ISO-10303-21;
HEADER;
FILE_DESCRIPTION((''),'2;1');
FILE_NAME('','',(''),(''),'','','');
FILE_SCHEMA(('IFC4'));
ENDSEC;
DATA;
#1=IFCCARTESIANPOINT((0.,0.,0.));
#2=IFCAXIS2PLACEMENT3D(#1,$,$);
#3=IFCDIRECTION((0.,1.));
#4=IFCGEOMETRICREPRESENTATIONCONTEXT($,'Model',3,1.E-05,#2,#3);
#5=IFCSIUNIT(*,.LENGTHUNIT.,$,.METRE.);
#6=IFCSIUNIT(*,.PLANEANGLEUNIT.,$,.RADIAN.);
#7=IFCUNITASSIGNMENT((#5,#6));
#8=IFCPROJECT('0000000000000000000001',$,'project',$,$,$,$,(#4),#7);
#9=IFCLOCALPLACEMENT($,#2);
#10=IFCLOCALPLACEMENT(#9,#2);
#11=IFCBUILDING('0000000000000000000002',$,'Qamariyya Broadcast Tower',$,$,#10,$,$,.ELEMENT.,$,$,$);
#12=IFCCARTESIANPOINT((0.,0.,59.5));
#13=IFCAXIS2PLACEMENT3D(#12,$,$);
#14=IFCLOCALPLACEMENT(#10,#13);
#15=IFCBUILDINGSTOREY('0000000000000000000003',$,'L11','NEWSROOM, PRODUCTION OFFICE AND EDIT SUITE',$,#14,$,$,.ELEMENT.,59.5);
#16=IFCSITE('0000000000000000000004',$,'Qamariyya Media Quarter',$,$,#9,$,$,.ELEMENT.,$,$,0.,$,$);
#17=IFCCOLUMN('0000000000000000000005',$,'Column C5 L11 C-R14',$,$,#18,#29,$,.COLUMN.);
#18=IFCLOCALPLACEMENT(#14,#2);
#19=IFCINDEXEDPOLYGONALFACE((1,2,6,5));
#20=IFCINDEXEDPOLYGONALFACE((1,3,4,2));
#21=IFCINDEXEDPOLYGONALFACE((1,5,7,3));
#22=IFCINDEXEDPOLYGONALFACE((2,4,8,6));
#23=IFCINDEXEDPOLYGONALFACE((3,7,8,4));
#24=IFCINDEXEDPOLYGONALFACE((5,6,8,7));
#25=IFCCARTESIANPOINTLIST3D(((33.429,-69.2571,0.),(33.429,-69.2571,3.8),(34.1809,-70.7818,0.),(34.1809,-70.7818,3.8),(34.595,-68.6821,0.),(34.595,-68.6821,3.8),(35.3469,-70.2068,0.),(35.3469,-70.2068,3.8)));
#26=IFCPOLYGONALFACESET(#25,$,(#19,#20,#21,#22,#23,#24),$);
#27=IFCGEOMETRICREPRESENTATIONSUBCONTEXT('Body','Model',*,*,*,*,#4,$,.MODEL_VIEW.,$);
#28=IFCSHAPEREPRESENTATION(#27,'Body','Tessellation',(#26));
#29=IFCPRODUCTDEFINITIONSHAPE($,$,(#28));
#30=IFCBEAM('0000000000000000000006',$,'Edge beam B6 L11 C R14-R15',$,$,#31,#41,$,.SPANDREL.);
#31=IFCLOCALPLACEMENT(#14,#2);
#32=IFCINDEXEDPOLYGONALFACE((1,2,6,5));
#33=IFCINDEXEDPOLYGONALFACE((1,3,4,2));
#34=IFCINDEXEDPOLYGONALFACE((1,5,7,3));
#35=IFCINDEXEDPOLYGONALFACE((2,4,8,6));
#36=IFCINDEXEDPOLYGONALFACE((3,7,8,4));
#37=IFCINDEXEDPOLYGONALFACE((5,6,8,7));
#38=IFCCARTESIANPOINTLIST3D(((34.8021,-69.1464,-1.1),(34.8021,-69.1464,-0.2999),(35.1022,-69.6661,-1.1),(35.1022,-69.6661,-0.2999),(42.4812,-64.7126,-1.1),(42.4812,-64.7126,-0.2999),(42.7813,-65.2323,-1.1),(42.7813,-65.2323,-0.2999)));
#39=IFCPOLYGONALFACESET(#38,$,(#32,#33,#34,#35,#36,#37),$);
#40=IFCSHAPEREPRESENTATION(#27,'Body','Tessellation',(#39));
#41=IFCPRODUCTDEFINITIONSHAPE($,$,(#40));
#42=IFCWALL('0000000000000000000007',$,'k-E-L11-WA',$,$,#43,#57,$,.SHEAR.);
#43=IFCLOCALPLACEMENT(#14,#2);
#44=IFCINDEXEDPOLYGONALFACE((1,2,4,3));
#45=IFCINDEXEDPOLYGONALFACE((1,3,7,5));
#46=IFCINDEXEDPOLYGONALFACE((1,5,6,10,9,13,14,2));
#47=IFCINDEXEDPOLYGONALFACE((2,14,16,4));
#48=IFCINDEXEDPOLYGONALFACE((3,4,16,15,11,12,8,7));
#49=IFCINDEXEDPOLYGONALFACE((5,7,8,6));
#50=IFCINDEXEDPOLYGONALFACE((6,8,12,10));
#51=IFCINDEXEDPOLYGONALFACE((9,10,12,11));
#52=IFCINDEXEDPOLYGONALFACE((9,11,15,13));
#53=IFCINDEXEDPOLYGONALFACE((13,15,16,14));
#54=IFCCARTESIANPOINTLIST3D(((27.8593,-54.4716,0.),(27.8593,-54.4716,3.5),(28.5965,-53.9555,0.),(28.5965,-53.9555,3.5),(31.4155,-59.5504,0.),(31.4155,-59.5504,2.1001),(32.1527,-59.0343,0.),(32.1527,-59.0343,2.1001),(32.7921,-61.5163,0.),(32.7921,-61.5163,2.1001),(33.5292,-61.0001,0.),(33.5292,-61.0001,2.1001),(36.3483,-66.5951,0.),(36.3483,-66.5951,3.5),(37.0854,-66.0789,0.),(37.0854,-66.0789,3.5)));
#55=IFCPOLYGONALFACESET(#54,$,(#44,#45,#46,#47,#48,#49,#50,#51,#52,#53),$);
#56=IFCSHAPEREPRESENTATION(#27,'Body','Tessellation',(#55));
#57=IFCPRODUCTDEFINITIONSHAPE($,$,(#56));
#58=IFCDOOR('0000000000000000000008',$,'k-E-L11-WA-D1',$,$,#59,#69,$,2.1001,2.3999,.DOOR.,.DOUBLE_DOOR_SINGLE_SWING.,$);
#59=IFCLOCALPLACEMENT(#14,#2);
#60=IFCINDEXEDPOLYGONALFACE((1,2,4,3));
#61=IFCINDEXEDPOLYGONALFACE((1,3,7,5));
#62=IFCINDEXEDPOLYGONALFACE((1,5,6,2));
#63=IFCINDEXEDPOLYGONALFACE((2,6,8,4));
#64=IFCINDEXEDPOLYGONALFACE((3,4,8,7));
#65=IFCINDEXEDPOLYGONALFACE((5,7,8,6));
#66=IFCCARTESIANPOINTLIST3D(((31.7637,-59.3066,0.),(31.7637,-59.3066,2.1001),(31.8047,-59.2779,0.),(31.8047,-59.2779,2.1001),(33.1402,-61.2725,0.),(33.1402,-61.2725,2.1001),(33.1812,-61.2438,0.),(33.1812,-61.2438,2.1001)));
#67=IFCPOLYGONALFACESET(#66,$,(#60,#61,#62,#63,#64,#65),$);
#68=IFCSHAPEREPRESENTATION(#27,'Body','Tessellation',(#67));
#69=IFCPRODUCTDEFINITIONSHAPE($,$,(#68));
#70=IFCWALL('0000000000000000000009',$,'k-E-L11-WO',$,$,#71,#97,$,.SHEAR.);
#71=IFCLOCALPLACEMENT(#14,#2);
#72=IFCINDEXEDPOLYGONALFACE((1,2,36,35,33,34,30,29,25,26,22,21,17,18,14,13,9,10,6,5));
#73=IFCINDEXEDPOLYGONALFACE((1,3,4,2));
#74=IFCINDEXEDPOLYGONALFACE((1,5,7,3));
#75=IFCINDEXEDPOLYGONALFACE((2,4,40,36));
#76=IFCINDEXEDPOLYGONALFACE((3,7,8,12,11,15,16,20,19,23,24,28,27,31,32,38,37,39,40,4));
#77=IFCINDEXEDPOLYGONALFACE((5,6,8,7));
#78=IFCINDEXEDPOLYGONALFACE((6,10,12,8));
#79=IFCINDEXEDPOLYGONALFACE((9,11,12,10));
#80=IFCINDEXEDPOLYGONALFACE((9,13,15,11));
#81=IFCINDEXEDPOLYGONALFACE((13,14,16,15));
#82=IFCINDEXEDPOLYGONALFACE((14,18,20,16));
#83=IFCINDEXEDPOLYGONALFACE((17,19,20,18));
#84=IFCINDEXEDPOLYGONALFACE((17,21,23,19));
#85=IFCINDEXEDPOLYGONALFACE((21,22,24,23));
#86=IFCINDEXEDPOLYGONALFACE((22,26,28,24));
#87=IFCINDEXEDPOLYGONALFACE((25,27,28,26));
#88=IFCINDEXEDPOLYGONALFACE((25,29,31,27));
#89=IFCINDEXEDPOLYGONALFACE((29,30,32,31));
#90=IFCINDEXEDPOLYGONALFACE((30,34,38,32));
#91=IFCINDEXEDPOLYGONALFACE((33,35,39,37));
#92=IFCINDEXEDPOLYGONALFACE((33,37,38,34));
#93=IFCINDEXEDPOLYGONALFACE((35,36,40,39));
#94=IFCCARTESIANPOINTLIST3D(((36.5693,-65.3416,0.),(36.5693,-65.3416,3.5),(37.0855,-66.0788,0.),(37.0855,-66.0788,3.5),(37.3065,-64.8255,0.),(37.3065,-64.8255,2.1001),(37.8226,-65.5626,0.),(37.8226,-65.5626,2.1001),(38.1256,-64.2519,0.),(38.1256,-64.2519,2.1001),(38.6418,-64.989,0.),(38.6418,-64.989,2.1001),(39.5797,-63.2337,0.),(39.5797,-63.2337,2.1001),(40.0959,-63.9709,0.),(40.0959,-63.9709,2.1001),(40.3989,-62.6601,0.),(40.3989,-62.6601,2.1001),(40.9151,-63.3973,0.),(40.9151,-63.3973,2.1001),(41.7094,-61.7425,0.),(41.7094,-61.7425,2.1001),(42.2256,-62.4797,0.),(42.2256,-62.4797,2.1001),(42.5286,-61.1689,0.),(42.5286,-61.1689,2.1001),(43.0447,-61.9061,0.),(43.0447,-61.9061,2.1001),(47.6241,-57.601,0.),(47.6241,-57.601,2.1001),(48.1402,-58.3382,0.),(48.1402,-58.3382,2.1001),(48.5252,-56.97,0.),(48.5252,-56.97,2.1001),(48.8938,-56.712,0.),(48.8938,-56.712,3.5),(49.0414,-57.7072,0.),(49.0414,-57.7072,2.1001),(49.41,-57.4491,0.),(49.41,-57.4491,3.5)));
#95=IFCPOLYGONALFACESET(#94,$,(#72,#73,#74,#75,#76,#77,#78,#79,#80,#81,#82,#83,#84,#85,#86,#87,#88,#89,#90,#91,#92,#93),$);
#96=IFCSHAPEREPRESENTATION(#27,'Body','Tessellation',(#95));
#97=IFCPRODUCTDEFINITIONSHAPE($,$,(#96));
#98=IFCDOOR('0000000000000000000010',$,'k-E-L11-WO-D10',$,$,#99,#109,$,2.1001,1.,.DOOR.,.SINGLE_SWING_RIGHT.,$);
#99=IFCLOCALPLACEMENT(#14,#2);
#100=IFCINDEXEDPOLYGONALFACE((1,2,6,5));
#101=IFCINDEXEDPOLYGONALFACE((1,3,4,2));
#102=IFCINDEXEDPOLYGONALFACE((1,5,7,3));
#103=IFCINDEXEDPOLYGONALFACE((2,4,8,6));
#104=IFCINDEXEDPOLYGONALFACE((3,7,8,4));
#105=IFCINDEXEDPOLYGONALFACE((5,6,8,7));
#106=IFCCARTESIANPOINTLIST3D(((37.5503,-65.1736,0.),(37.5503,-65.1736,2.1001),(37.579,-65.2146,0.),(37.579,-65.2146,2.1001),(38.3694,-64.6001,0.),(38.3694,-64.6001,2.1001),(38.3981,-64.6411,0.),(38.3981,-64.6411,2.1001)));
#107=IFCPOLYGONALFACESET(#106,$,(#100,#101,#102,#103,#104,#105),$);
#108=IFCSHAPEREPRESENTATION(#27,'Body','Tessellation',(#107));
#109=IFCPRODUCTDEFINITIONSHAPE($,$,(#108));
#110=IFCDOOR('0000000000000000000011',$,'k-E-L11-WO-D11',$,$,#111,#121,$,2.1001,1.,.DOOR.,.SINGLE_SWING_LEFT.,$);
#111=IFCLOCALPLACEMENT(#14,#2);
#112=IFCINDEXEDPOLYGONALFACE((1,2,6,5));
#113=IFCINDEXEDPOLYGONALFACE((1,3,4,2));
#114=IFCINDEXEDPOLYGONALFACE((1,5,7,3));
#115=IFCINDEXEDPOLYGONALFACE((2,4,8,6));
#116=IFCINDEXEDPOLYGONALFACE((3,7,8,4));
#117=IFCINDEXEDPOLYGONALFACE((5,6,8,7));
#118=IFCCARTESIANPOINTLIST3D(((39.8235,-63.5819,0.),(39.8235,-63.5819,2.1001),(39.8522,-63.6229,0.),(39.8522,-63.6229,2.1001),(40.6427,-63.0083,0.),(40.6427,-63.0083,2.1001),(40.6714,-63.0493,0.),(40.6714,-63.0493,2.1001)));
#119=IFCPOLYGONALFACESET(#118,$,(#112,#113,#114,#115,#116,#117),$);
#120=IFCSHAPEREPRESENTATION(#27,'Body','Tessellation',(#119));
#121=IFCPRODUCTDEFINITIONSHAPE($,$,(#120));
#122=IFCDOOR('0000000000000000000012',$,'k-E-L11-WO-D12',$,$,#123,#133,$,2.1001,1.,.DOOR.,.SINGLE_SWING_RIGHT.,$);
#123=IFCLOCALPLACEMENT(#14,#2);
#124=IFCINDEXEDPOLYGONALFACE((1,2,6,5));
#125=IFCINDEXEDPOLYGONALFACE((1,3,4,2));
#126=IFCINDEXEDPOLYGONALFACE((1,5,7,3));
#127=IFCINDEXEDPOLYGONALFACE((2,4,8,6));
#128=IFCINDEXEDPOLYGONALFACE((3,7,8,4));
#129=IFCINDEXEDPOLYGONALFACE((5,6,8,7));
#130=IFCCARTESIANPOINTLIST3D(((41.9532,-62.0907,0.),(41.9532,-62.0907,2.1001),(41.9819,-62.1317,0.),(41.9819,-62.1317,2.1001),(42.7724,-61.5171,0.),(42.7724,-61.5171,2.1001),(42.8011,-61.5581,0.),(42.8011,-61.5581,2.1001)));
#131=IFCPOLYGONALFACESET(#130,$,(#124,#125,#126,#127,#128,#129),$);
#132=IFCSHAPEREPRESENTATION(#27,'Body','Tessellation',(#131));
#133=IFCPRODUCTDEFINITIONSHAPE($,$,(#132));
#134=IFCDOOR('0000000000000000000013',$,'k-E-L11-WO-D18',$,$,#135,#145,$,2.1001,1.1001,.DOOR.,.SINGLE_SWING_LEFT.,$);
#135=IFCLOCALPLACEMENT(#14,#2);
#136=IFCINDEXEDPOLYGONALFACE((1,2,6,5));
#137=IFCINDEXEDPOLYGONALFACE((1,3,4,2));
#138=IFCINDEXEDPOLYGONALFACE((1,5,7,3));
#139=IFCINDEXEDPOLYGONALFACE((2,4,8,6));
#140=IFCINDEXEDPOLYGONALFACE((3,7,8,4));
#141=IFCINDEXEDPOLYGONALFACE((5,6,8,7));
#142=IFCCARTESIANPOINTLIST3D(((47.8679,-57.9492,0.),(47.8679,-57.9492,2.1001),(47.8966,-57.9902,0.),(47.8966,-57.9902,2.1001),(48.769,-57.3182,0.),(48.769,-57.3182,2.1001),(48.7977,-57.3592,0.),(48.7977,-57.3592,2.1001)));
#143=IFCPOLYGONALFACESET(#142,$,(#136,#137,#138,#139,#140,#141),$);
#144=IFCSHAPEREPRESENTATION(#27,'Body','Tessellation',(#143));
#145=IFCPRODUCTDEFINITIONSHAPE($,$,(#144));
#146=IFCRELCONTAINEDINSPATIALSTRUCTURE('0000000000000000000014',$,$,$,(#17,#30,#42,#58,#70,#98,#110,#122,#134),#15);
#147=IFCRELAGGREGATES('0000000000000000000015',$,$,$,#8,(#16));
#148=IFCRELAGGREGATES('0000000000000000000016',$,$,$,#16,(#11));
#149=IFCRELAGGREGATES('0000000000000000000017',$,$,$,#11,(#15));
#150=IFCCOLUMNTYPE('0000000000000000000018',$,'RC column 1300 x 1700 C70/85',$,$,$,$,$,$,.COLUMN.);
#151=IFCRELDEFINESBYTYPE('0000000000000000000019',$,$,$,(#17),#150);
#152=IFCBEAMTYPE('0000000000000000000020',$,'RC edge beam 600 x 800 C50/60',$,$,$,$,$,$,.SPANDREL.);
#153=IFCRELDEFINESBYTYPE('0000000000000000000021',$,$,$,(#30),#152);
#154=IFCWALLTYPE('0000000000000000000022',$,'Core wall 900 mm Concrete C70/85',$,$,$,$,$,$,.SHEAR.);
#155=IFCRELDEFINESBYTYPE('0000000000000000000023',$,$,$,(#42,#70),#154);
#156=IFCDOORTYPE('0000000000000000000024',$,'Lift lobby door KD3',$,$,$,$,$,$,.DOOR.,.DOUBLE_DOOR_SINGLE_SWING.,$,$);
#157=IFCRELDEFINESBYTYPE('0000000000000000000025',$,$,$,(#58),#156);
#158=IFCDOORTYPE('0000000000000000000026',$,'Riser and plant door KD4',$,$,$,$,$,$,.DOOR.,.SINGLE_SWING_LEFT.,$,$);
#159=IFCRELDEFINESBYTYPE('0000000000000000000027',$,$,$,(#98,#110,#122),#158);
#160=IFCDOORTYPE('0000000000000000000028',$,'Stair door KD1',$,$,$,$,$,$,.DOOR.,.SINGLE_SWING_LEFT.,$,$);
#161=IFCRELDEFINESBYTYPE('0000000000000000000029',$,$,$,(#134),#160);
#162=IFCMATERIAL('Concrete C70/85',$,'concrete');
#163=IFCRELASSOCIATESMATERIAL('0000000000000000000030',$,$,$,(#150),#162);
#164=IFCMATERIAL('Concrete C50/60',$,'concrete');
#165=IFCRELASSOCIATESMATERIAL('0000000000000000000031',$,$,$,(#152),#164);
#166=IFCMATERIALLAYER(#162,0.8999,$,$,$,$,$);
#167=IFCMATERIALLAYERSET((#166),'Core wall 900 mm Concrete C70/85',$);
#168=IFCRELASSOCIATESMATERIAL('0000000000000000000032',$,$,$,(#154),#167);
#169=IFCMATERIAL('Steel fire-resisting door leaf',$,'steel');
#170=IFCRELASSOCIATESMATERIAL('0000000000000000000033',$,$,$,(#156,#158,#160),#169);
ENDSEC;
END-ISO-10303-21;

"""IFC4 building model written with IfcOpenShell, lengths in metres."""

from ifc_helpers import new_model, si_unit, direction, frame, frame_2d, origin, origin_2d, place, context, subcontext, project, spatial, rectangle, extrude, material, layer, layer_set, material_profile, profile_set, type_object, element, fill, save


model = new_model("IFC4")

# Units and contexts
model_context = context("Model", 3, precision=1e-05, world=origin(), true_north=direction((0.0, 1.0)))
body_context = subcontext(model_context, "Body", "Model", "MODEL_VIEW")
ifc_project = project(units=[si_unit("LENGTHUNIT", "METRE"), si_unit("PLANEANGLEUNIT", "RADIAN")], contexts=[model_context])

# Site, building, storey
site_placement = place(None, origin())
site = spatial("IfcSite", under=ifc_project, at=site_placement, Name="Qamariyya Media Quarter", CompositionType="ELEMENT", RefElevation=0.0)
building_placement = place(site_placement, origin())
building = spatial("IfcBuilding", under=site, at=building_placement, Name="Qamariyya Broadcast Tower", CompositionType="ELEMENT")
storey_placement = place(building_placement, frame((0.0, 0.0, 59.5)))
storey = spatial("IfcBuildingStorey", under=building, at=storey_placement, Name="L11", Description="NEWSROOM, PRODUCTION OFFICE AND EDIT SUITE", CompositionType="ELEMENT", Elevation=59.5)

# Column
ifc_material_1 = material(Name="Concrete C70/85", Category="concrete")
ifc_material_profile_1 = material_profile(ifc_material_1, rectangle(XDim=1.3, YDim=1.7, at=origin_2d()))
ifc_profile_set_1 = profile_set([ifc_material_profile_1], Name="Concrete C70/85")
column_type = type_object("IfcColumnType", Name="RC column 1300 x 1700 C70/85", PredefinedType="COLUMN", material=ifc_profile_set_1)
column_placement = place(storey_placement, frame((34.3879, -69.7319, 0.0), z_axis=(0.0, 0.0, 1.0), x_axis=(0.896873, 0.442289, 0.0)))
element("IfcColumn", 1, at=column_placement, inside=storey, type_object=column_type, Name="Column C5 L11 C-R14", PredefinedType="COLUMN", context=body_context, shape_type="SweptSolid", body=[
    extrude(rectangle(XDim=1.3, YDim=1.7, at=origin_2d()), origin(), (0.0, 0.0, 1.0), 3.8),
])

# Beam
ifc_material_2 = material(Name="Concrete C50/60", Category="concrete")
ifc_material_profile_2 = material_profile(ifc_material_2, rectangle(XDim=0.6001, YDim=0.8, at=origin_2d()))
ifc_profile_set_2 = profile_set([ifc_material_profile_2], Name="Concrete C50/60")
beam_type = type_object("IfcBeamType", Name="RC edge beam 600 x 800 C50/60", PredefinedType="SPANDREL", material=ifc_profile_set_2)
beam_placement = place(storey_placement, frame((34.9521, -69.4062, -0.7), z_axis=(0.866013, 0.500021, 0.0), x_axis=(-0.500021, 0.866013, 0.0)))
element("IfcBeam", 2, at=beam_placement, inside=storey, type_object=beam_type, Name="Edge beam B6 L11 C R14-R15", PredefinedType="SPANDREL", context=body_context, shape_type="SweptSolid", body=[
    extrude(rectangle(XDim=0.6001, YDim=0.8, at=origin_2d()), origin(), (0.0, 0.0, 1.0), 8.8672),
])

# Wall, opening, door
ifc_layer_1 = layer(ifc_material_1, 0.8999)
ifc_layer_set_1 = layer_set([ifc_layer_1], Name="Core wall 900 mm Concrete C70/85")
wall_type_1 = type_object("IfcWallType", Name="Core wall 900 mm Concrete C70/85", PredefinedType="SHEAR", material=ifc_layer_set_1)
wall_1_placement = place(storey_placement, frame((36.7168, -66.3369, 0.0), z_axis=(0.0, 0.0, 1.0), x_axis=(-0.573577, 0.819151, 0.0)))
wall_1 = element("IfcWall", 3, at=wall_1_placement, inside=storey, type_object=wall_type_1, Name="k-E-L11-WA", PredefinedType="SHEAR", context=body_context, shape_type="SweptSolid", body=[
    extrude(rectangle(XDim=14.8, YDim=0.8999, at=frame_2d((7.3999, 0.0))), origin(), (0.0, 0.0, 1.0), 3.5),
])
opening_1_placement = place(wall_1_placement, frame((6.2, 0.0, 0.0)))
opening_1 = element("IfcOpeningElement", 4, at=opening_1_placement, cuts=wall_1, PredefinedType="OPENING", context=body_context, shape_type="SweptSolid", body=[
    extrude(rectangle(XDim=2.3999, YDim=2.1001, at=frame_2d((1.2, 1.05))), frame((0.0, 0.46, 0.0), z_axis=(0.0, -1.0, 0.0), x_axis=(1.0, 0.0, 0.0)), (0.0, 0.0, 1.0), 0.9199),
])
ifc_material_3 = material(Name="Steel fire-resisting door leaf", Category="steel")
door_type_1 = type_object("IfcDoorType", Name="Lift lobby door KD3", OperationType="DOUBLE_DOOR_SINGLE_SWING", PredefinedType="DOOR", material=ifc_material_3)
door_1_placement = place(opening_1_placement, origin())
door_1 = element("IfcDoor", 5, at=door_1_placement, inside=storey, type_object=door_type_1, Name="k-E-L11-WA-D1", OperationType="DOUBLE_DOOR_SINGLE_SWING", OverallHeight=2.1001, OverallWidth=2.3999, PredefinedType="DOOR", context=body_context, shape_type="SweptSolid", body=[
    extrude(rectangle(XDim=2.3999, YDim=2.1001, at=frame_2d((1.2, 1.05))), frame((0.0, 0.0249, 0.0), z_axis=(0.0, -1.0, 0.0), x_axis=(1.0, 0.0, 0.0)), (0.0, 0.0, 1.0), 0.05),
])
fill(opening_1, door_1)

# Wall, openings, doors
wall_2_placement = place(storey_placement, frame((36.8274, -65.7102, 0.0), z_axis=(0.0, 0.0, 1.0), x_axis=(0.819153, 0.573575, 0.0)))
wall_2 = element("IfcWall", 6, at=wall_2_placement, inside=storey, type_object=wall_type_1, Name="k-E-L11-WO", PredefinedType="SHEAR", context=body_context, shape_type="SweptSolid", body=[
    extrude(rectangle(XDim=15.0454, YDim=0.8999, at=frame_2d((7.5227, 0.0))), origin(), (0.0, 0.0, 1.0), 3.5),
])
opening_2_placement = place(wall_2_placement, frame((0.8999, 0.0, 0.0)))
opening_2 = element("IfcOpeningElement", 7, at=opening_2_placement, cuts=wall_2, PredefinedType="OPENING", context=body_context, shape_type="SweptSolid", body=[
    extrude(rectangle(XDim=1.0, YDim=2.1001, at=frame_2d((0.5, 1.05))), frame((0.0, 0.46, 0.0), z_axis=(0.0, -1.0, 0.0), x_axis=(1.0, 0.0, 0.0)), (0.0, 0.0, 1.0), 0.9199),
])
opening_3_placement = place(wall_2_placement, frame((3.675, 0.0, 0.0)))
opening_3 = element("IfcOpeningElement", 8, at=opening_3_placement, cuts=wall_2, PredefinedType="OPENING", context=body_context, shape_type="SweptSolid", body=[
    extrude(rectangle(XDim=1.0, YDim=2.1001, at=frame_2d((0.5, 1.05))), frame((0.0, 0.46, 0.0), z_axis=(0.0, -1.0, 0.0), x_axis=(1.0, 0.0, 0.0)), (0.0, 0.0, 1.0), 0.9199),
])
opening_4_placement = place(wall_2_placement, frame((6.2749, 0.0, 0.0)))
opening_4 = element("IfcOpeningElement", 9, at=opening_4_placement, cuts=wall_2, PredefinedType="OPENING", context=body_context, shape_type="SweptSolid", body=[
    extrude(rectangle(XDim=1.0, YDim=2.1001, at=frame_2d((0.5, 1.05))), frame((0.0, 0.46, 0.0), z_axis=(0.0, -1.0, 0.0), x_axis=(1.0, 0.0, 0.0)), (0.0, 0.0, 1.0), 0.9199),
])
opening_5_placement = place(wall_2_placement, frame((13.4954, 0.0, 0.0)))
opening_5 = element("IfcOpeningElement", 10, at=opening_5_placement, cuts=wall_2, PredefinedType="OPENING", context=body_context, shape_type="SweptSolid", body=[
    extrude(rectangle(XDim=1.1001, YDim=2.1001, at=frame_2d((0.55, 1.05))), frame((0.0, 0.46, 0.0), z_axis=(0.0, -1.0, 0.0), x_axis=(1.0, 0.0, 0.0)), (0.0, 0.0, 1.0), 0.9199),
])
door_type_2 = type_object("IfcDoorType", Name="Riser and plant door KD4", OperationType="SINGLE_SWING_LEFT", PredefinedType="DOOR", material=ifc_material_3)
door_2_placement = place(opening_2_placement, origin())
door_2 = element("IfcDoor", 11, at=door_2_placement, inside=storey, type_object=door_type_2, Name="k-E-L11-WO-D10", OperationType="SINGLE_SWING_RIGHT", OverallHeight=2.1001, OverallWidth=1.0, PredefinedType="DOOR", context=body_context, shape_type="SweptSolid", body=[
    extrude(rectangle(XDim=1.0, YDim=2.1001, at=frame_2d((0.5, 1.05))), frame((0.0, 0.0249, 0.0), z_axis=(0.0, -1.0, 0.0), x_axis=(1.0, 0.0, 0.0)), (0.0, 0.0, 1.0), 0.05),
])
fill(opening_2, door_2)
door_3_placement = place(opening_3_placement, origin())
door_3 = element("IfcDoor", 12, at=door_3_placement, inside=storey, type_object=door_type_2, Name="k-E-L11-WO-D11", OperationType="SINGLE_SWING_LEFT", OverallHeight=2.1001, OverallWidth=1.0, PredefinedType="DOOR", context=body_context, shape_type="SweptSolid", body=[
    extrude(rectangle(XDim=1.0, YDim=2.1001, at=frame_2d((0.5, 1.05))), frame((0.0, 0.0249, 0.0), z_axis=(0.0, -1.0, 0.0), x_axis=(1.0, 0.0, 0.0)), (0.0, 0.0, 1.0), 0.05),
])
fill(opening_3, door_3)
door_4_placement = place(opening_4_placement, origin())
door_4 = element("IfcDoor", 13, at=door_4_placement, inside=storey, type_object=door_type_2, Name="k-E-L11-WO-D12", OperationType="SINGLE_SWING_RIGHT", OverallHeight=2.1001, OverallWidth=1.0, PredefinedType="DOOR", context=body_context, shape_type="SweptSolid", body=[
    extrude(rectangle(XDim=1.0, YDim=2.1001, at=frame_2d((0.5, 1.05))), frame((0.0, 0.0249, 0.0), z_axis=(0.0, -1.0, 0.0), x_axis=(1.0, 0.0, 0.0)), (0.0, 0.0, 1.0), 0.05),
])
fill(opening_4, door_4)
door_type_3 = type_object("IfcDoorType", Name="Stair door KD1", OperationType="SINGLE_SWING_LEFT", PredefinedType="DOOR", material=ifc_material_3)
door_5_placement = place(opening_5_placement, origin())
door_5 = element("IfcDoor", 14, at=door_5_placement, inside=storey, type_object=door_type_3, Name="k-E-L11-WO-D18", OperationType="SINGLE_SWING_LEFT", OverallHeight=2.1001, OverallWidth=1.1001, PredefinedType="DOOR", context=body_context, shape_type="SweptSolid", body=[
    extrude(rectangle(XDim=1.1001, YDim=2.1001, at=frame_2d((0.55, 1.05))), frame((0.0, 0.0249, 0.0), z_axis=(0.0, -1.0, 0.0), x_axis=(1.0, 0.0, 0.0)), (0.0, 0.0, 1.0), 0.05),
])
fill(opening_5, door_5)

save(model, "model.ifc")
